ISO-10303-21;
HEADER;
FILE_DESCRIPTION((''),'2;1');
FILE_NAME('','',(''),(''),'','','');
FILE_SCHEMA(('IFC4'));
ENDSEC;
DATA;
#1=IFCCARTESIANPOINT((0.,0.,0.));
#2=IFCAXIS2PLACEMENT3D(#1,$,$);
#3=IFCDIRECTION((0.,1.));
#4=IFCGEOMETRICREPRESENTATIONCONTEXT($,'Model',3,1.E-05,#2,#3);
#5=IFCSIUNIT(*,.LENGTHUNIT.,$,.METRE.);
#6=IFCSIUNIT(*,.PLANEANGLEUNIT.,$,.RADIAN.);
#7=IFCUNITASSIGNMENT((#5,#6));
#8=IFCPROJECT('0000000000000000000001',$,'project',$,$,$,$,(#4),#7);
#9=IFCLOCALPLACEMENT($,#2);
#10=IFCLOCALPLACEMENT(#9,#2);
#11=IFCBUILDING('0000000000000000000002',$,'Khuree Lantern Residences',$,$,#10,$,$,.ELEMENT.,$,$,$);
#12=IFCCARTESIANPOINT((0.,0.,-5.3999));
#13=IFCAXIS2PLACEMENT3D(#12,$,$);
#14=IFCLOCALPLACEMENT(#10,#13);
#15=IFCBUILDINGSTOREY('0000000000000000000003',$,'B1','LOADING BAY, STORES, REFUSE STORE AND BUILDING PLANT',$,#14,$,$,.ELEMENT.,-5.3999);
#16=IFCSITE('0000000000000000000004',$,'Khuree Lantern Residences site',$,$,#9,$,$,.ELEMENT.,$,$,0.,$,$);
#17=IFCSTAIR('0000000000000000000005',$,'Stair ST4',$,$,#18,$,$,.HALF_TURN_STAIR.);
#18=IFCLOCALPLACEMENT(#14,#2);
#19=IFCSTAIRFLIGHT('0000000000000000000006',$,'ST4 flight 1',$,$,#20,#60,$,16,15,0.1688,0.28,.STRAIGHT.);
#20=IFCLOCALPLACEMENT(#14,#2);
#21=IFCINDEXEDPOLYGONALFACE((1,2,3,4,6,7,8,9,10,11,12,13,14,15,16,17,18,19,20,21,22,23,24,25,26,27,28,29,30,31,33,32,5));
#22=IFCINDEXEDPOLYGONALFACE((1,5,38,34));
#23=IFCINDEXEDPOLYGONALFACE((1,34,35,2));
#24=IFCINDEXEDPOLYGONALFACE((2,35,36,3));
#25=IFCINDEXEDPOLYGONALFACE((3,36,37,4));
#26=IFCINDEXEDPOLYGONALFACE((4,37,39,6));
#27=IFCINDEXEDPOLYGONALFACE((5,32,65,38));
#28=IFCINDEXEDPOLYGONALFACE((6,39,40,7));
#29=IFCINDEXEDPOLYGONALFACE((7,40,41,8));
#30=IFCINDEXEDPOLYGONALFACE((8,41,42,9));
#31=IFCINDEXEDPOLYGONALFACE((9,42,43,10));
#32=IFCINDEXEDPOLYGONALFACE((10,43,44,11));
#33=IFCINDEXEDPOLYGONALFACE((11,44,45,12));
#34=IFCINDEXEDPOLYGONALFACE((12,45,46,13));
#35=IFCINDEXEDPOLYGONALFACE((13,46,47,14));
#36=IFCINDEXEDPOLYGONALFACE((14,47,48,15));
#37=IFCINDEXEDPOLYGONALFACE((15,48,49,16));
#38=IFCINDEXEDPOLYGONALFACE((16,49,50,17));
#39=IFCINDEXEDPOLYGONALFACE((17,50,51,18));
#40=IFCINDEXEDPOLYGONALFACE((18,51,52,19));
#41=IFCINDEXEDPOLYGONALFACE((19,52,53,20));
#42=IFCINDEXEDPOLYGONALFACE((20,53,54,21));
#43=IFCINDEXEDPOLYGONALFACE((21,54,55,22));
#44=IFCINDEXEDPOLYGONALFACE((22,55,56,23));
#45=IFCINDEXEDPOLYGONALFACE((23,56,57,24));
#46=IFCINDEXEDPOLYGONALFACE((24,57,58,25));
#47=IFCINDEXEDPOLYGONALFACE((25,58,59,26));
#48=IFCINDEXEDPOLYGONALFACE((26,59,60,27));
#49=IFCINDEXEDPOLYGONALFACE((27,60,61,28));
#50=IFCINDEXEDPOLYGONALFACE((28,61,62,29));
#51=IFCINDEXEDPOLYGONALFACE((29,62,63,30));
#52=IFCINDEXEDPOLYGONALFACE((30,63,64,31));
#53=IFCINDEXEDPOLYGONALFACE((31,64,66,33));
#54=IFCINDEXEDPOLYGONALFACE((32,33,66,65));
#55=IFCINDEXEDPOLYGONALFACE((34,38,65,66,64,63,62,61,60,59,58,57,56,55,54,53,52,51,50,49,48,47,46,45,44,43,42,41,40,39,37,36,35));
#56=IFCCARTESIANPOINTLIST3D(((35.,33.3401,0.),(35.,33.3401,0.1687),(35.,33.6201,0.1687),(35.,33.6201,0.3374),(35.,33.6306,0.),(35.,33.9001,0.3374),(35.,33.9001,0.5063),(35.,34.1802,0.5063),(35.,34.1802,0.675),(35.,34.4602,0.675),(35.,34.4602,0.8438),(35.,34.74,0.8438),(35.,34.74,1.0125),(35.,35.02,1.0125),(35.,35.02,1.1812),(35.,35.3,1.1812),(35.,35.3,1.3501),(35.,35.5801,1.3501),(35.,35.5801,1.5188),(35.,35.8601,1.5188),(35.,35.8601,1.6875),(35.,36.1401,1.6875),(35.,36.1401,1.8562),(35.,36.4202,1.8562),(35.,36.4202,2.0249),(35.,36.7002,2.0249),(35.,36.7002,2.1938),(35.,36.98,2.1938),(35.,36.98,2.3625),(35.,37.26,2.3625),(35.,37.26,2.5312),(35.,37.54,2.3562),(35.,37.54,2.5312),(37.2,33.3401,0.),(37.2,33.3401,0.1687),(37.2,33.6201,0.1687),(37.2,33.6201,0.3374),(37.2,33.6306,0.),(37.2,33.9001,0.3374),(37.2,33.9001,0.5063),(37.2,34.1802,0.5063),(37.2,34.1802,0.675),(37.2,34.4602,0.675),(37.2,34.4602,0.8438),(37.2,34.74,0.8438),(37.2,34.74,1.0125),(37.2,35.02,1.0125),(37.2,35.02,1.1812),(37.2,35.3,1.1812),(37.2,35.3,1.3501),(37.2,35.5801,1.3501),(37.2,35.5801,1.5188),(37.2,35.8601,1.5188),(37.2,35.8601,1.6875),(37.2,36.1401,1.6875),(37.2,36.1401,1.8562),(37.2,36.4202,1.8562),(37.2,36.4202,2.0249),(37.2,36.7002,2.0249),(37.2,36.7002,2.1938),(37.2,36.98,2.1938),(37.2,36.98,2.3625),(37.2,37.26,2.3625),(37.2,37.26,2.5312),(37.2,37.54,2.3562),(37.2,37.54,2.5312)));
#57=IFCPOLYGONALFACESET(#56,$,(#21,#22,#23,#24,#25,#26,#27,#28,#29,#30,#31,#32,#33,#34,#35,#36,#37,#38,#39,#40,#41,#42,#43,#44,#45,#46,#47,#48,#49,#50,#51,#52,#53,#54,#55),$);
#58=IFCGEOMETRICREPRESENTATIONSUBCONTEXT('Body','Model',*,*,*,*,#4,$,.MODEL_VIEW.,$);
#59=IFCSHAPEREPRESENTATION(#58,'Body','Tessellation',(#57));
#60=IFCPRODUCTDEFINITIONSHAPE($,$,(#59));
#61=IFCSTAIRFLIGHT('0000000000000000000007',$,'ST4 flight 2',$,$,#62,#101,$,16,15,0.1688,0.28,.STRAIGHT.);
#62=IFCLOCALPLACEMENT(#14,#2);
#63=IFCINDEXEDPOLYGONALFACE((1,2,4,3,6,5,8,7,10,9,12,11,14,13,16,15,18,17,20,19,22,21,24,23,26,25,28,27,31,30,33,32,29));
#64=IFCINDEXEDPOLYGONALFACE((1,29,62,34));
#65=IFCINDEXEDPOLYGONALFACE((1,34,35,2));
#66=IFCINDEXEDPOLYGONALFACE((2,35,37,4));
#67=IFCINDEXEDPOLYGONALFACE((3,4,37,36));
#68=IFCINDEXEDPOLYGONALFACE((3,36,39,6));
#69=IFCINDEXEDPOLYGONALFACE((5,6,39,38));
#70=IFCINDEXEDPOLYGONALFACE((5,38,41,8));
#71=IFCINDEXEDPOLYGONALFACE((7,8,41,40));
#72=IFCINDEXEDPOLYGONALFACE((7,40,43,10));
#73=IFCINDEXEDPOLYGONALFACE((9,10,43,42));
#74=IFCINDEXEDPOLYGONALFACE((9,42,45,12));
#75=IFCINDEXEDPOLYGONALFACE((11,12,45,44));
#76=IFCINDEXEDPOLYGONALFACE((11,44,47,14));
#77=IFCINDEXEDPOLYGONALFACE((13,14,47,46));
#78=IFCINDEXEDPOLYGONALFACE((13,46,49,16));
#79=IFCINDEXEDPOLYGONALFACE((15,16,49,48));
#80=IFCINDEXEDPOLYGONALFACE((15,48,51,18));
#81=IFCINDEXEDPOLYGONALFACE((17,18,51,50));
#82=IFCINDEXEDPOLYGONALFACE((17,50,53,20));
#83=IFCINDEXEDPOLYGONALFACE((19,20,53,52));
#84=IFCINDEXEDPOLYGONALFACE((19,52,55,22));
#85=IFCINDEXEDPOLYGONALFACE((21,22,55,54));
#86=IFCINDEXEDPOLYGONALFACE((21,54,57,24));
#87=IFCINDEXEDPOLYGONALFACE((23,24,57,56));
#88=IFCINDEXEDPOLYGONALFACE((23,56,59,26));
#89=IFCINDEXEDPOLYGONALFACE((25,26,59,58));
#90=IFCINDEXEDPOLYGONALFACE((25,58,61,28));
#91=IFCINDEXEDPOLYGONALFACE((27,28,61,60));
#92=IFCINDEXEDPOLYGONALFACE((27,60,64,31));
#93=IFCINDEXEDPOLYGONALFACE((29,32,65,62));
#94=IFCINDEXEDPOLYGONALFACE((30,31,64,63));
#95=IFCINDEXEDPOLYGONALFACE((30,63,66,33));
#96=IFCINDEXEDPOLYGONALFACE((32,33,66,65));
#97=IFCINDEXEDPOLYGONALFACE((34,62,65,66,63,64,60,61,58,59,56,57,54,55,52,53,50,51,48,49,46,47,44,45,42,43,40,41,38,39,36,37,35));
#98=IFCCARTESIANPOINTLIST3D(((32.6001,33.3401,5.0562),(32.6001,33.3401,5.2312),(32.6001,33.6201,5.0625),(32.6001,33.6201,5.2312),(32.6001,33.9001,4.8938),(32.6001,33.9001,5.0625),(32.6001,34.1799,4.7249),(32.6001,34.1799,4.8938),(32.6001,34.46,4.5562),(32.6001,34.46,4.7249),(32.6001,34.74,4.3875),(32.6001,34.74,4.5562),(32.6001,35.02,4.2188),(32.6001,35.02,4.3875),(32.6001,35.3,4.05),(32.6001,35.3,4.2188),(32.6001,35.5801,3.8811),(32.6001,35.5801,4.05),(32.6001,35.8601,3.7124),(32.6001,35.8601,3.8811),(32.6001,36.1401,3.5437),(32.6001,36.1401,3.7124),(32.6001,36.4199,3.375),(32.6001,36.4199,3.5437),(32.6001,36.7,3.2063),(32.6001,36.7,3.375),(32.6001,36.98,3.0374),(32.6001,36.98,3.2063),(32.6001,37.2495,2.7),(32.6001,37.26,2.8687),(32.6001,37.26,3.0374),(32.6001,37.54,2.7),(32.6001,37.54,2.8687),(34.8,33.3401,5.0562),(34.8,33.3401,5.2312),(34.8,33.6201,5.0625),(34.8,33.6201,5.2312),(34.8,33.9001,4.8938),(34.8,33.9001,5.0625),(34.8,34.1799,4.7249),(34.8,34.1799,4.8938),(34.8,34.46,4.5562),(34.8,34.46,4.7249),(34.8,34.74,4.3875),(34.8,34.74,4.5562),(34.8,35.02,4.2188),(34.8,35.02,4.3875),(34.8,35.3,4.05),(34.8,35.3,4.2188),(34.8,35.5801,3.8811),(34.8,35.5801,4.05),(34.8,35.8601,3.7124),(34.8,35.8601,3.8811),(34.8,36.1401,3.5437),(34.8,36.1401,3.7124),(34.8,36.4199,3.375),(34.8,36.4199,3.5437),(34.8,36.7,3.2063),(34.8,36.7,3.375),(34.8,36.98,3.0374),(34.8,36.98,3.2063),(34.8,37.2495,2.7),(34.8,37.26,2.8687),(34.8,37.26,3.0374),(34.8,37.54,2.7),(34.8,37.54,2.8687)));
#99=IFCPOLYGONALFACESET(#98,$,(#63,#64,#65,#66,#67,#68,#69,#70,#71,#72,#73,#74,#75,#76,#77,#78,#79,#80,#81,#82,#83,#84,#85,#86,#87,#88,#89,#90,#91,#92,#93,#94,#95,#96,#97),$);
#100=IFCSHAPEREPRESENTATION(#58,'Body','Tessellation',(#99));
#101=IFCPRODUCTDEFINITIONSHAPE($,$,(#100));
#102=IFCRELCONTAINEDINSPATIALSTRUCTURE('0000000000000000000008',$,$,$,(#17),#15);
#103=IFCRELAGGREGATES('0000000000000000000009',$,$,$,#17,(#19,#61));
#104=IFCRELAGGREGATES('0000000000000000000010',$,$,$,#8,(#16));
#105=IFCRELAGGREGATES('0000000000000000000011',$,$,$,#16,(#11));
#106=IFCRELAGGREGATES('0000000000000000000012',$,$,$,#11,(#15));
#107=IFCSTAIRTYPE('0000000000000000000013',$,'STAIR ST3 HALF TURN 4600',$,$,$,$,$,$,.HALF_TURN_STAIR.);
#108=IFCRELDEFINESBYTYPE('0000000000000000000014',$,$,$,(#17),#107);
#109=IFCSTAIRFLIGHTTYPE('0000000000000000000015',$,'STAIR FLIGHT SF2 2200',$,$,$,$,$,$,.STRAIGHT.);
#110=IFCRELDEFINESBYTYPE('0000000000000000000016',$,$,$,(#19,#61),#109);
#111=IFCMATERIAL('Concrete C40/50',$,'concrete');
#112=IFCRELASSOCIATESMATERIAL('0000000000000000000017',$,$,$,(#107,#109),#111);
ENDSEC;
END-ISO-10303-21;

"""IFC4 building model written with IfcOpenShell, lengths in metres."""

from ifc_helpers import new_model, si_unit, direction, frame, origin, place, context, subcontext, project, spatial, polyline, outline, extrude, material, type_object, element, aggregate, save


model = new_model("IFC4")

# Units and contexts
model_context = context("Model", 3, precision=1e-05, world=origin(), true_north=direction((0.0, 1.0)))
body_context = subcontext(model_context, "Body", "Model", "MODEL_VIEW")
ifc_project = project(units=[si_unit("LENGTHUNIT", "METRE"), si_unit("PLANEANGLEUNIT", "RADIAN")], contexts=[model_context])

# Site, building, storey
site_placement = place(None, origin())
site = spatial("IfcSite", under=ifc_project, at=site_placement, Name="Khuree Lantern Residences site", CompositionType="ELEMENT", RefElevation=0.0)
building_placement = place(site_placement, origin())
building = spatial("IfcBuilding", under=site, at=building_placement, Name="Khuree Lantern Residences", CompositionType="ELEMENT")
storey_placement = place(building_placement, frame((0.0, 0.0, -5.3999)))
storey = spatial("IfcBuildingStorey", under=building, at=storey_placement, Name="B1", Description="LOADING BAY, STORES, REFUSE STORE AND BUILDING PLANT", CompositionType="ELEMENT", Elevation=-5.3999)

# Shared definitions
ifc_material_1 = material(Name="Concrete C40/50", Category="concrete")

# Stair, stair flights
stair_type = type_object("IfcStairType", Name="STAIR ST3 HALF TURN 4600", PredefinedType="HALF_TURN_STAIR", material=ifc_material_1)
stair_placement = place(storey_placement, origin())
stair = element("IfcStair", 1, at=stair_placement, inside=storey, type_object=stair_type, Name="Stair ST4", PredefinedType="HALF_TURN_STAIR")
stair_flight_type = type_object("IfcStairFlightType", Name="STAIR FLIGHT SF2 2200", PredefinedType="STRAIGHT", material=ifc_material_1)
stair_flight_1_placement = place(storey_placement, frame((36.1001, 33.3401, 0.0), z_axis=(0.0, 0.0, 1.0), x_axis=(0.0, 1.0, 0.0)))
stair_flight_1 = element("IfcStairFlight", 2, at=stair_flight_1_placement, type_object=stair_flight_type, Name="ST4 flight 1", NumberOfRisers=16, NumberOfTreads=15, PredefinedType="STRAIGHT", RiserHeight=0.1688, TreadLength=0.28, context=body_context, shape_type="SweptSolid", body=[
    extrude(outline(polyline([(0.0, 0.0), (0.0, 0.1687), (0.28, 0.1687), (0.28, 0.3374), (0.5601, 0.3374), (0.5601, 0.5063), (0.8401, 0.5063), (0.8401, 0.675), (1.1201, 0.675), (1.1201, 0.8438), (1.3999, 0.8438), (1.3999, 1.0125), (1.6799, 1.0125), (1.6799, 1.1812), (1.96, 1.1812), (1.96, 1.3501), (2.24, 1.3501), (2.24, 1.5188), (2.52, 1.5188), (2.52, 1.6875), (2.8, 1.6875), (2.8, 1.8562), (3.0801, 1.8562), (3.0801, 2.0249), (3.3601, 2.0249), (3.3601, 2.1938), (3.6399, 2.1938), (3.6399, 2.3625), (3.9199, 2.3625), (3.9199, 2.5312), (4.2, 2.5312), (4.2, 2.7), (4.2, 2.3562), (0.2905, 0.0), (0.0, 0.0)])), frame((0.0, 1.1001, 0.0), z_axis=(0.0, -1.0, 0.0), x_axis=(1.0, 0.0, 0.0)), (0.0, 0.0, 1.0), 2.2),
])
stair_flight_2_placement = place(storey_placement, frame((33.7, 37.54, 2.7), z_axis=(0.0, 0.0, 1.0), x_axis=(0.0, -1.0, 0.0)))
stair_flight_2 = element("IfcStairFlight", 3, at=stair_flight_2_placement, type_object=stair_flight_type, Name="ST4 flight 2", NumberOfRisers=16, NumberOfTreads=15, PredefinedType="STRAIGHT", RiserHeight=0.1688, TreadLength=0.28, context=body_context, shape_type="SweptSolid", body=[
    extrude(outline(polyline([(0.0, 0.0), (0.0, 0.1687), (0.28, 0.1687), (0.28, 0.3374), (0.5601, 0.3374), (0.5601, 0.5063), (0.8401, 0.5063), (0.8401, 0.675), (1.1201, 0.675), (1.1201, 0.8438), (1.3999, 0.8438), (1.3999, 1.0125), (1.6799, 1.0125), (1.6799, 1.1812), (1.96, 1.1812), (1.96, 1.3501), (2.24, 1.3501), (2.24, 1.5188), (2.52, 1.5188), (2.52, 1.6875), (2.8, 1.6875), (2.8, 1.8562), (3.0801, 1.8562), (3.0801, 2.0249), (3.3601, 2.0249), (3.3601, 2.1938), (3.6399, 2.1938), (3.6399, 2.3625), (3.9199, 2.3625), (3.9199, 2.5312), (4.2, 2.5312), (4.2, 2.7), (4.2, 2.3562), (0.2905, 0.0), (0.0, 0.0)])), frame((0.0, 1.1001, 0.0), z_axis=(0.0, -1.0, 0.0), x_axis=(1.0, 0.0, 0.0)), (0.0, 0.0, 1.0), 2.2),
])
aggregate(stair, [stair_flight_1, stair_flight_2])

save(model, "model.ifc")
